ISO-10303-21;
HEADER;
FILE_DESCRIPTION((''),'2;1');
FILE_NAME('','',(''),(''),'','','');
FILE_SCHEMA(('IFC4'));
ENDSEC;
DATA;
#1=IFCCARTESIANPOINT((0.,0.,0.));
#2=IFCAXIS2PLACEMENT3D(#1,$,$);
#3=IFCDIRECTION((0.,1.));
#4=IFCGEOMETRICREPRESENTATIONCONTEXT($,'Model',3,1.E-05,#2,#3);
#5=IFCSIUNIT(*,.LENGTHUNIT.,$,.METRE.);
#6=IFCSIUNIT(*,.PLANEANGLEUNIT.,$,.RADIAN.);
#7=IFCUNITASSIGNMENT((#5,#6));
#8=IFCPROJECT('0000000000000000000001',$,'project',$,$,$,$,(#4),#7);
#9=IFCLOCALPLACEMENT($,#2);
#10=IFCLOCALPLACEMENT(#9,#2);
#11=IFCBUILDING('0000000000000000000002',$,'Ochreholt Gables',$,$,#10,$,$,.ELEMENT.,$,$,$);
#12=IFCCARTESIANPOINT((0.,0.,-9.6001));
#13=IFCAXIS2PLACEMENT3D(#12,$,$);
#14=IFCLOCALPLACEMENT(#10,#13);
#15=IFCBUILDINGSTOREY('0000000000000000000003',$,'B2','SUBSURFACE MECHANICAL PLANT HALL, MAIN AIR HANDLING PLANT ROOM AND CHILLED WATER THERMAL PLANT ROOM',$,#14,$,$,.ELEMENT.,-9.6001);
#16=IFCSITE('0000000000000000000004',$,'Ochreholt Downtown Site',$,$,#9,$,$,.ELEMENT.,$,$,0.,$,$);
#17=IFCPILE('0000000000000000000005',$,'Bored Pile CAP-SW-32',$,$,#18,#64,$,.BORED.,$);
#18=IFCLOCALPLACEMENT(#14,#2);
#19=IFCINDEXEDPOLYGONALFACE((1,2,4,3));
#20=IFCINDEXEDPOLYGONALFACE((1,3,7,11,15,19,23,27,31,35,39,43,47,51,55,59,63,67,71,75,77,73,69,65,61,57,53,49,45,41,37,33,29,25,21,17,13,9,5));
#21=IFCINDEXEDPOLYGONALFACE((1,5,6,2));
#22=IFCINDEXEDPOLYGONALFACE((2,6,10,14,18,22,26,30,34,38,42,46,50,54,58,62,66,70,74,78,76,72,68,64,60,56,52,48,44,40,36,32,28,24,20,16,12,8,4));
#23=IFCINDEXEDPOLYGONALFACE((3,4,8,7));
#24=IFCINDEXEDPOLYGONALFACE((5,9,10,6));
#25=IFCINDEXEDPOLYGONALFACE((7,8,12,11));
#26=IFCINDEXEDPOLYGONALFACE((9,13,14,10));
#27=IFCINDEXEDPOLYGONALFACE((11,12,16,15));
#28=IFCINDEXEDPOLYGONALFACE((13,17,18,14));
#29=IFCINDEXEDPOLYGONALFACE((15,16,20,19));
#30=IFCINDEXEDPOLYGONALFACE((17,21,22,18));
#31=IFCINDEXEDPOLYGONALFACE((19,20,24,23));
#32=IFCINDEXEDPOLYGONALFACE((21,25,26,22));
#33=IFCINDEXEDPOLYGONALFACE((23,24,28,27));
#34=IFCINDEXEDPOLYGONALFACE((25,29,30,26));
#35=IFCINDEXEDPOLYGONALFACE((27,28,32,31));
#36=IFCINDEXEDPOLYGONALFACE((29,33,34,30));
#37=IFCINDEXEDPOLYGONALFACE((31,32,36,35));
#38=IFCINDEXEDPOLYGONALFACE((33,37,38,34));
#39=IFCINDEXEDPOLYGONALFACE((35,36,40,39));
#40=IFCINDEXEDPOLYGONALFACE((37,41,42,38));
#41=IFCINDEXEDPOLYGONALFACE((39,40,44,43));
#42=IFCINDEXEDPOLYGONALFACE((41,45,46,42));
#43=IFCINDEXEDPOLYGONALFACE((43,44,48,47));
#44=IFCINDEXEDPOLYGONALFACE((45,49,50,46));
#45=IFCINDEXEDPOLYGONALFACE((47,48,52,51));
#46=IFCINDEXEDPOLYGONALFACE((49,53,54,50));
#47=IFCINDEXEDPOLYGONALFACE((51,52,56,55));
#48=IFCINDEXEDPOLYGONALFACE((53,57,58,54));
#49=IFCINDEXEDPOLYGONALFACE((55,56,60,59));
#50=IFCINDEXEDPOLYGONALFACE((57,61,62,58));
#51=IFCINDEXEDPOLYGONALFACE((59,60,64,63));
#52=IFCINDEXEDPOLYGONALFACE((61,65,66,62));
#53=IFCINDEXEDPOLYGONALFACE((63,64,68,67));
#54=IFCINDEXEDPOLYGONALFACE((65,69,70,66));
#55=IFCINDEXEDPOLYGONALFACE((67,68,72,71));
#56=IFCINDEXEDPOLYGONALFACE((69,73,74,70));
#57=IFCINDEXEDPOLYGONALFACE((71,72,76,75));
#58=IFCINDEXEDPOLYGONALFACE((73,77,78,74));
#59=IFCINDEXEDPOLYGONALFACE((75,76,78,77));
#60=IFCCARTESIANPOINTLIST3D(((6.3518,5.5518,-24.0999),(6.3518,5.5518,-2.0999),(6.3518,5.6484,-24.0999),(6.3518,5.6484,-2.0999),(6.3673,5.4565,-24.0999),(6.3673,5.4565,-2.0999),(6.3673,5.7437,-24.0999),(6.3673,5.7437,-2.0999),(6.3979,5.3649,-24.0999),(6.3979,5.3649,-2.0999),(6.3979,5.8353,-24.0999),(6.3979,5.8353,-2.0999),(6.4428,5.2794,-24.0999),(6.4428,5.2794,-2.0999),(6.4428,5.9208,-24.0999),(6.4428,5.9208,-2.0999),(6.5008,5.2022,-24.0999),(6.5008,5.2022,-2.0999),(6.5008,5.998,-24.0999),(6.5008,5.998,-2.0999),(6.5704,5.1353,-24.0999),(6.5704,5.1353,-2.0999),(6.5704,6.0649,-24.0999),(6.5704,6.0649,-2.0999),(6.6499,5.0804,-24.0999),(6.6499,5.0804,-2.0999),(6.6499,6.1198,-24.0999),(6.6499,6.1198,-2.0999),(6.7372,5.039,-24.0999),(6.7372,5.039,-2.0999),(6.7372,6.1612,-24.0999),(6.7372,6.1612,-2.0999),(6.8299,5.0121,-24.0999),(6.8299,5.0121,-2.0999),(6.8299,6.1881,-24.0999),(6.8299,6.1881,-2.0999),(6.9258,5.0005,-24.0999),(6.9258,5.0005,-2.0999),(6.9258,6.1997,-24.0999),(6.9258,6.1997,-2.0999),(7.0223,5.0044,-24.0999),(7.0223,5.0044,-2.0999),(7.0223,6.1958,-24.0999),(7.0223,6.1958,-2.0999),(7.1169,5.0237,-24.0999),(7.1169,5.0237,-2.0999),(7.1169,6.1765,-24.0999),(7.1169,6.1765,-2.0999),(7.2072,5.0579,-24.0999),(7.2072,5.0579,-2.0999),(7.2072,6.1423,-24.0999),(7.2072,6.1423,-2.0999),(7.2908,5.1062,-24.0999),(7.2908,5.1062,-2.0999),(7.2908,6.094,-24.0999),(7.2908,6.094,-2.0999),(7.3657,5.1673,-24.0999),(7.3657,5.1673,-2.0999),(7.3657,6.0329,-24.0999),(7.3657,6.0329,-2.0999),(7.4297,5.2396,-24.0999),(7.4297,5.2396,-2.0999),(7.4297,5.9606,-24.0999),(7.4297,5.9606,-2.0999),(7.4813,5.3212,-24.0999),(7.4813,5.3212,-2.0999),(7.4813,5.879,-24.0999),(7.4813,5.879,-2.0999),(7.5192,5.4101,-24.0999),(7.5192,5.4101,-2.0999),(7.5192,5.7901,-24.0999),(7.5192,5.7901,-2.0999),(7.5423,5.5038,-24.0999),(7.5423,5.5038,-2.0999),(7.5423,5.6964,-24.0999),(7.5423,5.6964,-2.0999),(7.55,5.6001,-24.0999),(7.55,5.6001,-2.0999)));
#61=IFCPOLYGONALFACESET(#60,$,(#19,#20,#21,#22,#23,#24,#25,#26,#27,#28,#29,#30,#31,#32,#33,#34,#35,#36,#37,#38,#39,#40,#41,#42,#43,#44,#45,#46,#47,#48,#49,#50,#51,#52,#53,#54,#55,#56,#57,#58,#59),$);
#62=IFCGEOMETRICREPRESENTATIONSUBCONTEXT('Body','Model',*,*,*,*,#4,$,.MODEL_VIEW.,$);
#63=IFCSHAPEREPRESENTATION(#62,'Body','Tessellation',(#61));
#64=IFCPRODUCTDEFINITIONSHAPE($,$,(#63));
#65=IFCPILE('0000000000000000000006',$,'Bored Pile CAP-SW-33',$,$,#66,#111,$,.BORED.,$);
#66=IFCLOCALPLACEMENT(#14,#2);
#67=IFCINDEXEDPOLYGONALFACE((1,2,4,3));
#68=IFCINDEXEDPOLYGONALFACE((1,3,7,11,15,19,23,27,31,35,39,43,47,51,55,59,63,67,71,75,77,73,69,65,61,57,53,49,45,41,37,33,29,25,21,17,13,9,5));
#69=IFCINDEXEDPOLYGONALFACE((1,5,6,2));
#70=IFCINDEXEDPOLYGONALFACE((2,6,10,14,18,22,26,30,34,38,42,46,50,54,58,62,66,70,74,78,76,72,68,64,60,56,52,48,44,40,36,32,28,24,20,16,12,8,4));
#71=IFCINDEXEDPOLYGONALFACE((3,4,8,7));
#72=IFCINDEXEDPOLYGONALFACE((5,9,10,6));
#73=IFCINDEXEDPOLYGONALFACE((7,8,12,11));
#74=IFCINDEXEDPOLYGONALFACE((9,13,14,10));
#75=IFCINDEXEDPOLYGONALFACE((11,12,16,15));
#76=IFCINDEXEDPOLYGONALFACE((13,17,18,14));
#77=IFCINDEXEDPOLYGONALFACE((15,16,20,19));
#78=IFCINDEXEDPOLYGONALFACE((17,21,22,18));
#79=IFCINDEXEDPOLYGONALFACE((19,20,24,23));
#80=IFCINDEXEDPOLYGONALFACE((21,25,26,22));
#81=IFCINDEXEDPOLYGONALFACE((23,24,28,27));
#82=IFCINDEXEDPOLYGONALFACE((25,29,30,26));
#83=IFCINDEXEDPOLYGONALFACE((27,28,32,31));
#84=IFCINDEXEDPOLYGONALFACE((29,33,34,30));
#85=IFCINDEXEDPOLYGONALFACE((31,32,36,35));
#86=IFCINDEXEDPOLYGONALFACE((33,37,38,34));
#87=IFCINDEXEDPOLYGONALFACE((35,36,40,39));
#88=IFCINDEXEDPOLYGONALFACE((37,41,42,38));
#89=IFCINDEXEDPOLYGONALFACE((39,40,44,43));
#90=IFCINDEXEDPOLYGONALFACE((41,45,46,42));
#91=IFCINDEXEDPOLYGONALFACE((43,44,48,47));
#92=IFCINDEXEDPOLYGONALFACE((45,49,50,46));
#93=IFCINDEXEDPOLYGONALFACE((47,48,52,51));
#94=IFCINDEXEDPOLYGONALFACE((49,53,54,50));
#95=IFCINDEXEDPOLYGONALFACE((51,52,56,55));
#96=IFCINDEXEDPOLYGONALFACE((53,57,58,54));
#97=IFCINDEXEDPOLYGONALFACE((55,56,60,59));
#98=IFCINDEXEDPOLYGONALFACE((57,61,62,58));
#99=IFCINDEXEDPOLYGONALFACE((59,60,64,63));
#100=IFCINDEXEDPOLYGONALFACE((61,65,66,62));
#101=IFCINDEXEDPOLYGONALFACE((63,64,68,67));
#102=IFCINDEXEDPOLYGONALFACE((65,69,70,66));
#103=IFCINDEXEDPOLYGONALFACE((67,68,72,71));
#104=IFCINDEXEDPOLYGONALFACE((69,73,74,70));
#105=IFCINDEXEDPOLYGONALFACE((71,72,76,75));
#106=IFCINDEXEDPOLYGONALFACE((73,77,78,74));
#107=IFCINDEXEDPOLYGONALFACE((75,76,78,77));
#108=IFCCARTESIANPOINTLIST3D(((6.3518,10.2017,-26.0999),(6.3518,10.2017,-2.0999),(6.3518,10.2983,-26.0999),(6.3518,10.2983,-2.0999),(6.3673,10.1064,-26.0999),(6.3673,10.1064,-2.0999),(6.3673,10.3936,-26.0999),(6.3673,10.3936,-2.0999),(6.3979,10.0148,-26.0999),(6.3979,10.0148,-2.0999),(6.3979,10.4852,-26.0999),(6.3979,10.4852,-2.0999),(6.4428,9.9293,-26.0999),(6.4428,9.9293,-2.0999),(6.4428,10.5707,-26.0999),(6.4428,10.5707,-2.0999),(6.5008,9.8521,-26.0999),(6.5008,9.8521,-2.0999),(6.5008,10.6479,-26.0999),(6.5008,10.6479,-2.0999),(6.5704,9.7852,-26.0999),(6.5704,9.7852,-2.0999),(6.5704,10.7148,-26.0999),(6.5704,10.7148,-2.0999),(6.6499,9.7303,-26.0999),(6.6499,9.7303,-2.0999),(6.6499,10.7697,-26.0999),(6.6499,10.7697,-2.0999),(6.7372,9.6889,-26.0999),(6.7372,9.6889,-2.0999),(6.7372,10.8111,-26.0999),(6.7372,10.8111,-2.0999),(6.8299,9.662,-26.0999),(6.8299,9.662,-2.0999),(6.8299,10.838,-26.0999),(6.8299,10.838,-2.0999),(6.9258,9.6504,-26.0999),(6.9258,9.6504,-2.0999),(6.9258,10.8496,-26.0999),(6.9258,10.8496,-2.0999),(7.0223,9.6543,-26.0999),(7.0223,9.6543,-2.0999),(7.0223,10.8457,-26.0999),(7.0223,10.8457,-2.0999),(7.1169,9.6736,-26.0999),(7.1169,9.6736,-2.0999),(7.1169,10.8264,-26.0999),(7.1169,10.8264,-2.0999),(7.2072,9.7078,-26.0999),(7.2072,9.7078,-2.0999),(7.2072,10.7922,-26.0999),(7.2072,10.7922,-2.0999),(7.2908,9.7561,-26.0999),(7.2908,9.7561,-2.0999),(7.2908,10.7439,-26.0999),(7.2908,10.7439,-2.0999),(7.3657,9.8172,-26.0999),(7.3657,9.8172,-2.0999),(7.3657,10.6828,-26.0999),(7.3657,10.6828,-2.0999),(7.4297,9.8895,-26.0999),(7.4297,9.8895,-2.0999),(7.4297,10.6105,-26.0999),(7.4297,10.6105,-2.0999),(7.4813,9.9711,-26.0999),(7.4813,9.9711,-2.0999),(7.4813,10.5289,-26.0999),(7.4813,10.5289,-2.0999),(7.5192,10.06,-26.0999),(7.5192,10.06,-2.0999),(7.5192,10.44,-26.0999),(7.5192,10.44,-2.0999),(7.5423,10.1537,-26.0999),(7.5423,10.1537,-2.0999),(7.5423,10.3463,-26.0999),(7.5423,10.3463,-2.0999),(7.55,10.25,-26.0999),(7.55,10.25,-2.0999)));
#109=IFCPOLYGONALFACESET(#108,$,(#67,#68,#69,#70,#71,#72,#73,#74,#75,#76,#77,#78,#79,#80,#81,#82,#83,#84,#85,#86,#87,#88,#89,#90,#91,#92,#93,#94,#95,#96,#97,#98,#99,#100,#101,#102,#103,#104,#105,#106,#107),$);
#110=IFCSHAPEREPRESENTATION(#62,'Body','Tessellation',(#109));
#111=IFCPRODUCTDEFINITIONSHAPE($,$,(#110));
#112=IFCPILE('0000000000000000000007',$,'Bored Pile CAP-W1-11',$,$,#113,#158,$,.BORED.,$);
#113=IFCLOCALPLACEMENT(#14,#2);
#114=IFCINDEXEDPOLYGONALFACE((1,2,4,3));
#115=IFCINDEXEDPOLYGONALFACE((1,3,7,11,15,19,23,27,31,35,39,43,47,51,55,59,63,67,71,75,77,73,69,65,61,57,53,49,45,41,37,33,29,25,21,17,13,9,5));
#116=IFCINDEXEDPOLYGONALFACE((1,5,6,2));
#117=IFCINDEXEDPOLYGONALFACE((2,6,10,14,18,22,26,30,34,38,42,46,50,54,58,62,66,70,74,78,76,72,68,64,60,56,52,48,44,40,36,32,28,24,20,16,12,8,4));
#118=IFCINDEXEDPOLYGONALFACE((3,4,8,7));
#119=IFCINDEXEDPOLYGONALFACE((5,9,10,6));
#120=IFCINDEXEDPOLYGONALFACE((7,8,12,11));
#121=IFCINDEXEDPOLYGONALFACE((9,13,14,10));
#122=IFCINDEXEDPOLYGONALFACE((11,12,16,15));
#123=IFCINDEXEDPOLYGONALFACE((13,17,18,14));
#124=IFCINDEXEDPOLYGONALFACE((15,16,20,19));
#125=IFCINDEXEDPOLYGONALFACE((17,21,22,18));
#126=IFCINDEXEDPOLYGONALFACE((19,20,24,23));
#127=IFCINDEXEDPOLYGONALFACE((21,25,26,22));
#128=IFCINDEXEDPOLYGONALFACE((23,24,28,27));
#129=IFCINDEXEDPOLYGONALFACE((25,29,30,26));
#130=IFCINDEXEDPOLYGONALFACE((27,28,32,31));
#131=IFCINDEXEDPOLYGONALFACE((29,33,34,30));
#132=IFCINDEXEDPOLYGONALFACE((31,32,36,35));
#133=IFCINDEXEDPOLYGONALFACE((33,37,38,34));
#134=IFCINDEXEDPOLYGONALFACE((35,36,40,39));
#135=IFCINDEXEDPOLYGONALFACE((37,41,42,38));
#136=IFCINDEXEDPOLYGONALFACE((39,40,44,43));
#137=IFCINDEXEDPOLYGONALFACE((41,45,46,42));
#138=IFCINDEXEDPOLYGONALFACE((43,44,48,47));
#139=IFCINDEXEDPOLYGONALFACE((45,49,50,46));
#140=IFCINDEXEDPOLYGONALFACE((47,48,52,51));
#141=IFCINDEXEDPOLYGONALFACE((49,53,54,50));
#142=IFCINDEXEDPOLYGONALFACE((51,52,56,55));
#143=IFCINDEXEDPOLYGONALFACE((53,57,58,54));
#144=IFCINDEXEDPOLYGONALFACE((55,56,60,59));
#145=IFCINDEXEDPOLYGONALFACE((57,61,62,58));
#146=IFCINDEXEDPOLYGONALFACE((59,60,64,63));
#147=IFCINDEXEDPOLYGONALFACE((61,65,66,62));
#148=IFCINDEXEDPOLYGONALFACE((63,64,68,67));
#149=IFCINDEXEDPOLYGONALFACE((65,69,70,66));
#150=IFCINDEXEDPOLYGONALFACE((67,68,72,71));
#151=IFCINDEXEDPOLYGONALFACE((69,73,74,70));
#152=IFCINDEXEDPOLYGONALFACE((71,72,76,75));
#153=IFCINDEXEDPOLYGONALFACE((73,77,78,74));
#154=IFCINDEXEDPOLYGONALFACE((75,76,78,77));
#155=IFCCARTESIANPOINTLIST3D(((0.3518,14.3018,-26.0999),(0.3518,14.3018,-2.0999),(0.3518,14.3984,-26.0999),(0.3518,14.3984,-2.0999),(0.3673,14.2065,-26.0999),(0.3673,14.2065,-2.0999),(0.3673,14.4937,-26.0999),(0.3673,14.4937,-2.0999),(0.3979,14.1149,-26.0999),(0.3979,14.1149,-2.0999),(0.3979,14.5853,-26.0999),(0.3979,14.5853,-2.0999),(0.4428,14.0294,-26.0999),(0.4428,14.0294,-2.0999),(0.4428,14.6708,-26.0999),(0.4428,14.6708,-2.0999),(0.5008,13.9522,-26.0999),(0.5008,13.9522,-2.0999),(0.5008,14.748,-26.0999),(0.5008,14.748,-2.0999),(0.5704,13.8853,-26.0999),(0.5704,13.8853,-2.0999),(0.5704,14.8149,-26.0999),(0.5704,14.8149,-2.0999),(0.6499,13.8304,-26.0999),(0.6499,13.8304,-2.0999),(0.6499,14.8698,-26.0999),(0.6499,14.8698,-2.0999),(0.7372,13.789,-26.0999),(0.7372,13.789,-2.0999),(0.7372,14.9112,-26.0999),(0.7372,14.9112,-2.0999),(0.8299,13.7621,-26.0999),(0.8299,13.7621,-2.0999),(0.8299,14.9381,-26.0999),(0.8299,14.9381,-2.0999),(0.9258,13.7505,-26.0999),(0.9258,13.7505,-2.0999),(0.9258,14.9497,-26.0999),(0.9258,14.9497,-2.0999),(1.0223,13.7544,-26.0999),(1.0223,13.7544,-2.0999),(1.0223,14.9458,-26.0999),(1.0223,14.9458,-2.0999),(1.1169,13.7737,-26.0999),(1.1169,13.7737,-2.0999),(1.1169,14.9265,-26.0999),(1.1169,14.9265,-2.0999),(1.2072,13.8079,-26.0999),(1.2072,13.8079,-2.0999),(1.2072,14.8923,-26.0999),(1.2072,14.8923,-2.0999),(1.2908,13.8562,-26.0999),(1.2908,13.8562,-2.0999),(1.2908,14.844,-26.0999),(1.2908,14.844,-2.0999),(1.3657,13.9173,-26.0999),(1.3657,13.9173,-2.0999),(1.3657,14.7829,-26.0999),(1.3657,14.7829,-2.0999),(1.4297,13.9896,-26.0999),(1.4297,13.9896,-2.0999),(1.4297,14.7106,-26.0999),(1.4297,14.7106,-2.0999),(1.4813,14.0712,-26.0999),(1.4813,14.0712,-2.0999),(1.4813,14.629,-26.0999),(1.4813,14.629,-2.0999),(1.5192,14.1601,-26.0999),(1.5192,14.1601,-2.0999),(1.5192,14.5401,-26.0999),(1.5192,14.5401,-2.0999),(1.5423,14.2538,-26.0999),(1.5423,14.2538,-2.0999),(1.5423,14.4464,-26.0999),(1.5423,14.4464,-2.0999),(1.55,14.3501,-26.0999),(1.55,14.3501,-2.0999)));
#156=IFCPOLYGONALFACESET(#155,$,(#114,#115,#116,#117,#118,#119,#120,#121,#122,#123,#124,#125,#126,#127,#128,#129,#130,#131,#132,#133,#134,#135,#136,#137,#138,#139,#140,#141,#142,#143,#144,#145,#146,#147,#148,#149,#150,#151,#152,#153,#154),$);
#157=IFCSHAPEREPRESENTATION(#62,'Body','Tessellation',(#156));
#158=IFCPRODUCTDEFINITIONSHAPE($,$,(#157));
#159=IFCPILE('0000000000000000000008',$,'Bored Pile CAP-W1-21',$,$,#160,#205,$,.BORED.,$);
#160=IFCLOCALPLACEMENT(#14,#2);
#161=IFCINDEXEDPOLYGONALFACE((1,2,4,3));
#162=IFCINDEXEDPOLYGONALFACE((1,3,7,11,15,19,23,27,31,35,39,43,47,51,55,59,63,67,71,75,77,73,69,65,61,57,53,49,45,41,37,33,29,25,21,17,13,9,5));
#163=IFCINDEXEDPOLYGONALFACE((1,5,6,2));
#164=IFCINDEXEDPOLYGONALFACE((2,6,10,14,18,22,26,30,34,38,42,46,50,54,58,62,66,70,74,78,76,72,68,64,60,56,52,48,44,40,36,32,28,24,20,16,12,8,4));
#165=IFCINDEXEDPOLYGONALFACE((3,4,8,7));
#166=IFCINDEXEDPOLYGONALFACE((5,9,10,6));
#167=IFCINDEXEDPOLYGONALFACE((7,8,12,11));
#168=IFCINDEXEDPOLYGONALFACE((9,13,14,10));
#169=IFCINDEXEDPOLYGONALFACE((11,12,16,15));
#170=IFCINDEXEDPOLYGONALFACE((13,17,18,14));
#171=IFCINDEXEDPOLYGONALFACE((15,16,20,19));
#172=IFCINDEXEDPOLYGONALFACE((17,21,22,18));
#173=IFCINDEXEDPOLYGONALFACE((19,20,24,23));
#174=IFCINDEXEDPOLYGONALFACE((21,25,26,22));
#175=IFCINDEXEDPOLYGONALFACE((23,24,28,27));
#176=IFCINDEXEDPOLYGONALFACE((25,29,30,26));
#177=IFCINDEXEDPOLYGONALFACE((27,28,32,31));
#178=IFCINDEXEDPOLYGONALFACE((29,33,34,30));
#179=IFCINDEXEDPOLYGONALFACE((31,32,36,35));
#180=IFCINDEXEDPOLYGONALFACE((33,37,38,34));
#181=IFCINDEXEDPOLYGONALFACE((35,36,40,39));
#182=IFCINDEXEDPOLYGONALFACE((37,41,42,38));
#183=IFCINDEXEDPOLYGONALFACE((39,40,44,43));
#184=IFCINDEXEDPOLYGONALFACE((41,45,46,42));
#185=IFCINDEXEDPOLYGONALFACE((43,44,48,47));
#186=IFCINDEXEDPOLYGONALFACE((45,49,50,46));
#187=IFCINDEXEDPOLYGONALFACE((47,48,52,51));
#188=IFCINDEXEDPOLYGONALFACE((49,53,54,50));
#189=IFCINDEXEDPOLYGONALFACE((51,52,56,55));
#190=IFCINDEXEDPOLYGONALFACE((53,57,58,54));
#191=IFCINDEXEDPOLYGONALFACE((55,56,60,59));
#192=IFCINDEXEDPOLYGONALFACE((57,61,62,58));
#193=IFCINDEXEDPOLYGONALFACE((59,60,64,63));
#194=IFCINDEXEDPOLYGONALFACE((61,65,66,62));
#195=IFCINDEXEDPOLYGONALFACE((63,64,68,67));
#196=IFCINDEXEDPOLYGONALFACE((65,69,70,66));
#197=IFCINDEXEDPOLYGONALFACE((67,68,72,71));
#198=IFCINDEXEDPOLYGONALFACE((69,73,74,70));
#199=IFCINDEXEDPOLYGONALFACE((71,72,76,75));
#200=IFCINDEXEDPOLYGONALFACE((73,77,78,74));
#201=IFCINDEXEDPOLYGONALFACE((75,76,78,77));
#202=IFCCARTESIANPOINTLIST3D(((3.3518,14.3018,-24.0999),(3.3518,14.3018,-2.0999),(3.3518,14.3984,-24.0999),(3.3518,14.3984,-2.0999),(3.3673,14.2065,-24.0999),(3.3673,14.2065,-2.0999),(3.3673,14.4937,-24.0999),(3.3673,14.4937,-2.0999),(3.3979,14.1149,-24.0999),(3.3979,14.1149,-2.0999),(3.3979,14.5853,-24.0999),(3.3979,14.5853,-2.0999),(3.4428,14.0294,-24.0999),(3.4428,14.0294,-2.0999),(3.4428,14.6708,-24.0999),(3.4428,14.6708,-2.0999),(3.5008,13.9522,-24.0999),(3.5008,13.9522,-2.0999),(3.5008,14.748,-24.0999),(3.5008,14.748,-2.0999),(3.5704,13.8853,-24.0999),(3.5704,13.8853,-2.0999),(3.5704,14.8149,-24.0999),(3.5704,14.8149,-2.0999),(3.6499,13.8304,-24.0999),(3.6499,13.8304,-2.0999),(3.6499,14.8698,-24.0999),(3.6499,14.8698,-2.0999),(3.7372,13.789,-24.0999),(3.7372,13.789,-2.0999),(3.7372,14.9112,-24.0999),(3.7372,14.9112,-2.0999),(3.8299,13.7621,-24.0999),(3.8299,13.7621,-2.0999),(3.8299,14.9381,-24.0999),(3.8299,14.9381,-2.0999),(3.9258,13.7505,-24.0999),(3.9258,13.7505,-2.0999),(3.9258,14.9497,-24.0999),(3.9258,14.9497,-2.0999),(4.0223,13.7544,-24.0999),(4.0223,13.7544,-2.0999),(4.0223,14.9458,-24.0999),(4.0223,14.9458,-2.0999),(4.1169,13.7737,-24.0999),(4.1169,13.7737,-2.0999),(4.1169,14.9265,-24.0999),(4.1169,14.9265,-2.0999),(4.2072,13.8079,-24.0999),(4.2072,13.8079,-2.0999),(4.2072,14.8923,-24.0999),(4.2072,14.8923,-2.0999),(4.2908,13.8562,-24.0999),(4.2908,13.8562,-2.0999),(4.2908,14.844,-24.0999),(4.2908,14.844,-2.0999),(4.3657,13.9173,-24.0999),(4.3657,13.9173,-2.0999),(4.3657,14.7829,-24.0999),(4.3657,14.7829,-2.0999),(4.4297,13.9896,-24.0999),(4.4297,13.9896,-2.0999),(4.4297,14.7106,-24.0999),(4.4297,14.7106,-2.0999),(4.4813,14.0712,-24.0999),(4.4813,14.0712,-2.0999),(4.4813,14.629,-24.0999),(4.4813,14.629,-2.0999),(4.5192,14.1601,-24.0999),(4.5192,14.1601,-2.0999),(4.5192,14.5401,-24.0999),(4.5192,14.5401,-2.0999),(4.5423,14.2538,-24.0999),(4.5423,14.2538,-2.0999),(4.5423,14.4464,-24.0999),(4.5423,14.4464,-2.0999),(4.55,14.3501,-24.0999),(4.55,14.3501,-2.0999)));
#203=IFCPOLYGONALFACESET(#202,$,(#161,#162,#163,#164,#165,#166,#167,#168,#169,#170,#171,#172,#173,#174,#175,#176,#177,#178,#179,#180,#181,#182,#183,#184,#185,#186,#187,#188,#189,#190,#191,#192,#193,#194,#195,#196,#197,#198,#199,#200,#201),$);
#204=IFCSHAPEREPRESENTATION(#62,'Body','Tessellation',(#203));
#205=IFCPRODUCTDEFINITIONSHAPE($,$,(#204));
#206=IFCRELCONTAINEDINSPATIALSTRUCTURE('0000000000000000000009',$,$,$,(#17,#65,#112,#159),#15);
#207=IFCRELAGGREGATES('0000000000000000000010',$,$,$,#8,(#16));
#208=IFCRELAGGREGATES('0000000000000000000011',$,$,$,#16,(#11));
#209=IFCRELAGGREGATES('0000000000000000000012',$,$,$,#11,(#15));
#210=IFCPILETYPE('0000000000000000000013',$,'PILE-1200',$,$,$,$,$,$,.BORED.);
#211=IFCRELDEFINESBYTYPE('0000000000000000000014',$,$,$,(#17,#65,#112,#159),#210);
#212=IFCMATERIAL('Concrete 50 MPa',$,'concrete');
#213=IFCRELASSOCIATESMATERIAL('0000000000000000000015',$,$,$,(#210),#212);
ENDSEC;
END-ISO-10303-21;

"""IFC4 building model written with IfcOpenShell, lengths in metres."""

from ifc_helpers import new_model, si_unit, direction, frame, origin, origin_2d, place, context, subcontext, project, spatial, circle, extrude, material, material_profile, profile_set, type_object, element, save


model = new_model("IFC4")

# Units and contexts
model_context = context("Model", 3, precision=1e-05, world=origin(), true_north=direction((0.0, 1.0)))
body_context = subcontext(model_context, "Body", "Model", "MODEL_VIEW")
ifc_project = project(units=[si_unit("LENGTHUNIT", "METRE"), si_unit("PLANEANGLEUNIT", "RADIAN")], contexts=[model_context])

# Site, building, storey
site_placement = place(None, origin())
site = spatial("IfcSite", under=ifc_project, at=site_placement, Name="Ochreholt Downtown Site", CompositionType="ELEMENT", RefElevation=0.0)
building_placement = place(site_placement, origin())
building = spatial("IfcBuilding", under=site, at=building_placement, Name="Ochreholt Gables", CompositionType="ELEMENT")
storey_placement = place(building_placement, frame((0.0, 0.0, -9.6001)))
storey = spatial("IfcBuildingStorey", under=building, at=storey_placement, Name="B2", Description="SUBSURFACE MECHANICAL PLANT HALL, MAIN AIR HANDLING PLANT ROOM AND CHILLED WATER THERMAL PLANT ROOM", CompositionType="ELEMENT", Elevation=-9.6001)

# Shared definitions
ifc_material_1 = material(Name="Concrete 50 MPa", Category="concrete")

# Piles
ifc_material_profile_1 = material_profile(ifc_material_1, circle(Radius=0.6001, at=origin_2d()), Name="PILE1200")
ifc_profile_set_1 = profile_set([ifc_material_profile_1], Name="Concrete 50 MPa")
pile_type = type_object("IfcPileType", Name="PILE-1200", PredefinedType="BORED", material=ifc_profile_set_1)
pile_1_placement = place(storey_placement, frame((6.95, 5.6001, -2.0999), z_axis=(0.0, 0.0, -1.0), x_axis=(1.0, 0.0, 0.0)))
element("IfcPile", 1, at=pile_1_placement, inside=storey, type_object=pile_type, Name="Bored Pile CAP-SW-32", PredefinedType="BORED", context=body_context, shape_type="SweptSolid", body=[
    extrude(circle(Radius=0.6001, at=origin_2d()), origin(), (0.0, 0.0, 1.0), 22.0),
])
for number, where, z_axis, x_axis, name in (
    (2, (6.95, 10.25, -2.0999), (0.0, 0.0, -1.0), (1.0, 0.0, 0.0), "Bored Pile CAP-SW-33"),
    (3, (0.95, 14.3501, -2.0999), (0.0, 0.0, -1.0), (1.0, 0.0, 0.0), "Bored Pile CAP-W1-11"),
):
    element("IfcPile", number, at=place(storey_placement, frame(where, z_axis=z_axis, x_axis=x_axis)), inside=storey, type_object=pile_type, Name=name, PredefinedType="BORED", context=body_context, shape_type="SweptSolid", body=[
        extrude(circle(Radius=0.6001, at=origin_2d()), origin(), (0.0, 0.0, 1.0), 24.0),
    ])
pile_2_placement = place(storey_placement, frame((3.95, 14.3501, -2.0999), z_axis=(0.0, 0.0, -1.0), x_axis=(1.0, 0.0, 0.0)))
element("IfcPile", 4, at=pile_2_placement, inside=storey, type_object=pile_type, Name="Bored Pile CAP-W1-21", PredefinedType="BORED", context=body_context, shape_type="SweptSolid", body=[
    extrude(circle(Radius=0.6001, at=origin_2d()), origin(), (0.0, 0.0, 1.0), 22.0),
])

save(model, "model.ifc")
